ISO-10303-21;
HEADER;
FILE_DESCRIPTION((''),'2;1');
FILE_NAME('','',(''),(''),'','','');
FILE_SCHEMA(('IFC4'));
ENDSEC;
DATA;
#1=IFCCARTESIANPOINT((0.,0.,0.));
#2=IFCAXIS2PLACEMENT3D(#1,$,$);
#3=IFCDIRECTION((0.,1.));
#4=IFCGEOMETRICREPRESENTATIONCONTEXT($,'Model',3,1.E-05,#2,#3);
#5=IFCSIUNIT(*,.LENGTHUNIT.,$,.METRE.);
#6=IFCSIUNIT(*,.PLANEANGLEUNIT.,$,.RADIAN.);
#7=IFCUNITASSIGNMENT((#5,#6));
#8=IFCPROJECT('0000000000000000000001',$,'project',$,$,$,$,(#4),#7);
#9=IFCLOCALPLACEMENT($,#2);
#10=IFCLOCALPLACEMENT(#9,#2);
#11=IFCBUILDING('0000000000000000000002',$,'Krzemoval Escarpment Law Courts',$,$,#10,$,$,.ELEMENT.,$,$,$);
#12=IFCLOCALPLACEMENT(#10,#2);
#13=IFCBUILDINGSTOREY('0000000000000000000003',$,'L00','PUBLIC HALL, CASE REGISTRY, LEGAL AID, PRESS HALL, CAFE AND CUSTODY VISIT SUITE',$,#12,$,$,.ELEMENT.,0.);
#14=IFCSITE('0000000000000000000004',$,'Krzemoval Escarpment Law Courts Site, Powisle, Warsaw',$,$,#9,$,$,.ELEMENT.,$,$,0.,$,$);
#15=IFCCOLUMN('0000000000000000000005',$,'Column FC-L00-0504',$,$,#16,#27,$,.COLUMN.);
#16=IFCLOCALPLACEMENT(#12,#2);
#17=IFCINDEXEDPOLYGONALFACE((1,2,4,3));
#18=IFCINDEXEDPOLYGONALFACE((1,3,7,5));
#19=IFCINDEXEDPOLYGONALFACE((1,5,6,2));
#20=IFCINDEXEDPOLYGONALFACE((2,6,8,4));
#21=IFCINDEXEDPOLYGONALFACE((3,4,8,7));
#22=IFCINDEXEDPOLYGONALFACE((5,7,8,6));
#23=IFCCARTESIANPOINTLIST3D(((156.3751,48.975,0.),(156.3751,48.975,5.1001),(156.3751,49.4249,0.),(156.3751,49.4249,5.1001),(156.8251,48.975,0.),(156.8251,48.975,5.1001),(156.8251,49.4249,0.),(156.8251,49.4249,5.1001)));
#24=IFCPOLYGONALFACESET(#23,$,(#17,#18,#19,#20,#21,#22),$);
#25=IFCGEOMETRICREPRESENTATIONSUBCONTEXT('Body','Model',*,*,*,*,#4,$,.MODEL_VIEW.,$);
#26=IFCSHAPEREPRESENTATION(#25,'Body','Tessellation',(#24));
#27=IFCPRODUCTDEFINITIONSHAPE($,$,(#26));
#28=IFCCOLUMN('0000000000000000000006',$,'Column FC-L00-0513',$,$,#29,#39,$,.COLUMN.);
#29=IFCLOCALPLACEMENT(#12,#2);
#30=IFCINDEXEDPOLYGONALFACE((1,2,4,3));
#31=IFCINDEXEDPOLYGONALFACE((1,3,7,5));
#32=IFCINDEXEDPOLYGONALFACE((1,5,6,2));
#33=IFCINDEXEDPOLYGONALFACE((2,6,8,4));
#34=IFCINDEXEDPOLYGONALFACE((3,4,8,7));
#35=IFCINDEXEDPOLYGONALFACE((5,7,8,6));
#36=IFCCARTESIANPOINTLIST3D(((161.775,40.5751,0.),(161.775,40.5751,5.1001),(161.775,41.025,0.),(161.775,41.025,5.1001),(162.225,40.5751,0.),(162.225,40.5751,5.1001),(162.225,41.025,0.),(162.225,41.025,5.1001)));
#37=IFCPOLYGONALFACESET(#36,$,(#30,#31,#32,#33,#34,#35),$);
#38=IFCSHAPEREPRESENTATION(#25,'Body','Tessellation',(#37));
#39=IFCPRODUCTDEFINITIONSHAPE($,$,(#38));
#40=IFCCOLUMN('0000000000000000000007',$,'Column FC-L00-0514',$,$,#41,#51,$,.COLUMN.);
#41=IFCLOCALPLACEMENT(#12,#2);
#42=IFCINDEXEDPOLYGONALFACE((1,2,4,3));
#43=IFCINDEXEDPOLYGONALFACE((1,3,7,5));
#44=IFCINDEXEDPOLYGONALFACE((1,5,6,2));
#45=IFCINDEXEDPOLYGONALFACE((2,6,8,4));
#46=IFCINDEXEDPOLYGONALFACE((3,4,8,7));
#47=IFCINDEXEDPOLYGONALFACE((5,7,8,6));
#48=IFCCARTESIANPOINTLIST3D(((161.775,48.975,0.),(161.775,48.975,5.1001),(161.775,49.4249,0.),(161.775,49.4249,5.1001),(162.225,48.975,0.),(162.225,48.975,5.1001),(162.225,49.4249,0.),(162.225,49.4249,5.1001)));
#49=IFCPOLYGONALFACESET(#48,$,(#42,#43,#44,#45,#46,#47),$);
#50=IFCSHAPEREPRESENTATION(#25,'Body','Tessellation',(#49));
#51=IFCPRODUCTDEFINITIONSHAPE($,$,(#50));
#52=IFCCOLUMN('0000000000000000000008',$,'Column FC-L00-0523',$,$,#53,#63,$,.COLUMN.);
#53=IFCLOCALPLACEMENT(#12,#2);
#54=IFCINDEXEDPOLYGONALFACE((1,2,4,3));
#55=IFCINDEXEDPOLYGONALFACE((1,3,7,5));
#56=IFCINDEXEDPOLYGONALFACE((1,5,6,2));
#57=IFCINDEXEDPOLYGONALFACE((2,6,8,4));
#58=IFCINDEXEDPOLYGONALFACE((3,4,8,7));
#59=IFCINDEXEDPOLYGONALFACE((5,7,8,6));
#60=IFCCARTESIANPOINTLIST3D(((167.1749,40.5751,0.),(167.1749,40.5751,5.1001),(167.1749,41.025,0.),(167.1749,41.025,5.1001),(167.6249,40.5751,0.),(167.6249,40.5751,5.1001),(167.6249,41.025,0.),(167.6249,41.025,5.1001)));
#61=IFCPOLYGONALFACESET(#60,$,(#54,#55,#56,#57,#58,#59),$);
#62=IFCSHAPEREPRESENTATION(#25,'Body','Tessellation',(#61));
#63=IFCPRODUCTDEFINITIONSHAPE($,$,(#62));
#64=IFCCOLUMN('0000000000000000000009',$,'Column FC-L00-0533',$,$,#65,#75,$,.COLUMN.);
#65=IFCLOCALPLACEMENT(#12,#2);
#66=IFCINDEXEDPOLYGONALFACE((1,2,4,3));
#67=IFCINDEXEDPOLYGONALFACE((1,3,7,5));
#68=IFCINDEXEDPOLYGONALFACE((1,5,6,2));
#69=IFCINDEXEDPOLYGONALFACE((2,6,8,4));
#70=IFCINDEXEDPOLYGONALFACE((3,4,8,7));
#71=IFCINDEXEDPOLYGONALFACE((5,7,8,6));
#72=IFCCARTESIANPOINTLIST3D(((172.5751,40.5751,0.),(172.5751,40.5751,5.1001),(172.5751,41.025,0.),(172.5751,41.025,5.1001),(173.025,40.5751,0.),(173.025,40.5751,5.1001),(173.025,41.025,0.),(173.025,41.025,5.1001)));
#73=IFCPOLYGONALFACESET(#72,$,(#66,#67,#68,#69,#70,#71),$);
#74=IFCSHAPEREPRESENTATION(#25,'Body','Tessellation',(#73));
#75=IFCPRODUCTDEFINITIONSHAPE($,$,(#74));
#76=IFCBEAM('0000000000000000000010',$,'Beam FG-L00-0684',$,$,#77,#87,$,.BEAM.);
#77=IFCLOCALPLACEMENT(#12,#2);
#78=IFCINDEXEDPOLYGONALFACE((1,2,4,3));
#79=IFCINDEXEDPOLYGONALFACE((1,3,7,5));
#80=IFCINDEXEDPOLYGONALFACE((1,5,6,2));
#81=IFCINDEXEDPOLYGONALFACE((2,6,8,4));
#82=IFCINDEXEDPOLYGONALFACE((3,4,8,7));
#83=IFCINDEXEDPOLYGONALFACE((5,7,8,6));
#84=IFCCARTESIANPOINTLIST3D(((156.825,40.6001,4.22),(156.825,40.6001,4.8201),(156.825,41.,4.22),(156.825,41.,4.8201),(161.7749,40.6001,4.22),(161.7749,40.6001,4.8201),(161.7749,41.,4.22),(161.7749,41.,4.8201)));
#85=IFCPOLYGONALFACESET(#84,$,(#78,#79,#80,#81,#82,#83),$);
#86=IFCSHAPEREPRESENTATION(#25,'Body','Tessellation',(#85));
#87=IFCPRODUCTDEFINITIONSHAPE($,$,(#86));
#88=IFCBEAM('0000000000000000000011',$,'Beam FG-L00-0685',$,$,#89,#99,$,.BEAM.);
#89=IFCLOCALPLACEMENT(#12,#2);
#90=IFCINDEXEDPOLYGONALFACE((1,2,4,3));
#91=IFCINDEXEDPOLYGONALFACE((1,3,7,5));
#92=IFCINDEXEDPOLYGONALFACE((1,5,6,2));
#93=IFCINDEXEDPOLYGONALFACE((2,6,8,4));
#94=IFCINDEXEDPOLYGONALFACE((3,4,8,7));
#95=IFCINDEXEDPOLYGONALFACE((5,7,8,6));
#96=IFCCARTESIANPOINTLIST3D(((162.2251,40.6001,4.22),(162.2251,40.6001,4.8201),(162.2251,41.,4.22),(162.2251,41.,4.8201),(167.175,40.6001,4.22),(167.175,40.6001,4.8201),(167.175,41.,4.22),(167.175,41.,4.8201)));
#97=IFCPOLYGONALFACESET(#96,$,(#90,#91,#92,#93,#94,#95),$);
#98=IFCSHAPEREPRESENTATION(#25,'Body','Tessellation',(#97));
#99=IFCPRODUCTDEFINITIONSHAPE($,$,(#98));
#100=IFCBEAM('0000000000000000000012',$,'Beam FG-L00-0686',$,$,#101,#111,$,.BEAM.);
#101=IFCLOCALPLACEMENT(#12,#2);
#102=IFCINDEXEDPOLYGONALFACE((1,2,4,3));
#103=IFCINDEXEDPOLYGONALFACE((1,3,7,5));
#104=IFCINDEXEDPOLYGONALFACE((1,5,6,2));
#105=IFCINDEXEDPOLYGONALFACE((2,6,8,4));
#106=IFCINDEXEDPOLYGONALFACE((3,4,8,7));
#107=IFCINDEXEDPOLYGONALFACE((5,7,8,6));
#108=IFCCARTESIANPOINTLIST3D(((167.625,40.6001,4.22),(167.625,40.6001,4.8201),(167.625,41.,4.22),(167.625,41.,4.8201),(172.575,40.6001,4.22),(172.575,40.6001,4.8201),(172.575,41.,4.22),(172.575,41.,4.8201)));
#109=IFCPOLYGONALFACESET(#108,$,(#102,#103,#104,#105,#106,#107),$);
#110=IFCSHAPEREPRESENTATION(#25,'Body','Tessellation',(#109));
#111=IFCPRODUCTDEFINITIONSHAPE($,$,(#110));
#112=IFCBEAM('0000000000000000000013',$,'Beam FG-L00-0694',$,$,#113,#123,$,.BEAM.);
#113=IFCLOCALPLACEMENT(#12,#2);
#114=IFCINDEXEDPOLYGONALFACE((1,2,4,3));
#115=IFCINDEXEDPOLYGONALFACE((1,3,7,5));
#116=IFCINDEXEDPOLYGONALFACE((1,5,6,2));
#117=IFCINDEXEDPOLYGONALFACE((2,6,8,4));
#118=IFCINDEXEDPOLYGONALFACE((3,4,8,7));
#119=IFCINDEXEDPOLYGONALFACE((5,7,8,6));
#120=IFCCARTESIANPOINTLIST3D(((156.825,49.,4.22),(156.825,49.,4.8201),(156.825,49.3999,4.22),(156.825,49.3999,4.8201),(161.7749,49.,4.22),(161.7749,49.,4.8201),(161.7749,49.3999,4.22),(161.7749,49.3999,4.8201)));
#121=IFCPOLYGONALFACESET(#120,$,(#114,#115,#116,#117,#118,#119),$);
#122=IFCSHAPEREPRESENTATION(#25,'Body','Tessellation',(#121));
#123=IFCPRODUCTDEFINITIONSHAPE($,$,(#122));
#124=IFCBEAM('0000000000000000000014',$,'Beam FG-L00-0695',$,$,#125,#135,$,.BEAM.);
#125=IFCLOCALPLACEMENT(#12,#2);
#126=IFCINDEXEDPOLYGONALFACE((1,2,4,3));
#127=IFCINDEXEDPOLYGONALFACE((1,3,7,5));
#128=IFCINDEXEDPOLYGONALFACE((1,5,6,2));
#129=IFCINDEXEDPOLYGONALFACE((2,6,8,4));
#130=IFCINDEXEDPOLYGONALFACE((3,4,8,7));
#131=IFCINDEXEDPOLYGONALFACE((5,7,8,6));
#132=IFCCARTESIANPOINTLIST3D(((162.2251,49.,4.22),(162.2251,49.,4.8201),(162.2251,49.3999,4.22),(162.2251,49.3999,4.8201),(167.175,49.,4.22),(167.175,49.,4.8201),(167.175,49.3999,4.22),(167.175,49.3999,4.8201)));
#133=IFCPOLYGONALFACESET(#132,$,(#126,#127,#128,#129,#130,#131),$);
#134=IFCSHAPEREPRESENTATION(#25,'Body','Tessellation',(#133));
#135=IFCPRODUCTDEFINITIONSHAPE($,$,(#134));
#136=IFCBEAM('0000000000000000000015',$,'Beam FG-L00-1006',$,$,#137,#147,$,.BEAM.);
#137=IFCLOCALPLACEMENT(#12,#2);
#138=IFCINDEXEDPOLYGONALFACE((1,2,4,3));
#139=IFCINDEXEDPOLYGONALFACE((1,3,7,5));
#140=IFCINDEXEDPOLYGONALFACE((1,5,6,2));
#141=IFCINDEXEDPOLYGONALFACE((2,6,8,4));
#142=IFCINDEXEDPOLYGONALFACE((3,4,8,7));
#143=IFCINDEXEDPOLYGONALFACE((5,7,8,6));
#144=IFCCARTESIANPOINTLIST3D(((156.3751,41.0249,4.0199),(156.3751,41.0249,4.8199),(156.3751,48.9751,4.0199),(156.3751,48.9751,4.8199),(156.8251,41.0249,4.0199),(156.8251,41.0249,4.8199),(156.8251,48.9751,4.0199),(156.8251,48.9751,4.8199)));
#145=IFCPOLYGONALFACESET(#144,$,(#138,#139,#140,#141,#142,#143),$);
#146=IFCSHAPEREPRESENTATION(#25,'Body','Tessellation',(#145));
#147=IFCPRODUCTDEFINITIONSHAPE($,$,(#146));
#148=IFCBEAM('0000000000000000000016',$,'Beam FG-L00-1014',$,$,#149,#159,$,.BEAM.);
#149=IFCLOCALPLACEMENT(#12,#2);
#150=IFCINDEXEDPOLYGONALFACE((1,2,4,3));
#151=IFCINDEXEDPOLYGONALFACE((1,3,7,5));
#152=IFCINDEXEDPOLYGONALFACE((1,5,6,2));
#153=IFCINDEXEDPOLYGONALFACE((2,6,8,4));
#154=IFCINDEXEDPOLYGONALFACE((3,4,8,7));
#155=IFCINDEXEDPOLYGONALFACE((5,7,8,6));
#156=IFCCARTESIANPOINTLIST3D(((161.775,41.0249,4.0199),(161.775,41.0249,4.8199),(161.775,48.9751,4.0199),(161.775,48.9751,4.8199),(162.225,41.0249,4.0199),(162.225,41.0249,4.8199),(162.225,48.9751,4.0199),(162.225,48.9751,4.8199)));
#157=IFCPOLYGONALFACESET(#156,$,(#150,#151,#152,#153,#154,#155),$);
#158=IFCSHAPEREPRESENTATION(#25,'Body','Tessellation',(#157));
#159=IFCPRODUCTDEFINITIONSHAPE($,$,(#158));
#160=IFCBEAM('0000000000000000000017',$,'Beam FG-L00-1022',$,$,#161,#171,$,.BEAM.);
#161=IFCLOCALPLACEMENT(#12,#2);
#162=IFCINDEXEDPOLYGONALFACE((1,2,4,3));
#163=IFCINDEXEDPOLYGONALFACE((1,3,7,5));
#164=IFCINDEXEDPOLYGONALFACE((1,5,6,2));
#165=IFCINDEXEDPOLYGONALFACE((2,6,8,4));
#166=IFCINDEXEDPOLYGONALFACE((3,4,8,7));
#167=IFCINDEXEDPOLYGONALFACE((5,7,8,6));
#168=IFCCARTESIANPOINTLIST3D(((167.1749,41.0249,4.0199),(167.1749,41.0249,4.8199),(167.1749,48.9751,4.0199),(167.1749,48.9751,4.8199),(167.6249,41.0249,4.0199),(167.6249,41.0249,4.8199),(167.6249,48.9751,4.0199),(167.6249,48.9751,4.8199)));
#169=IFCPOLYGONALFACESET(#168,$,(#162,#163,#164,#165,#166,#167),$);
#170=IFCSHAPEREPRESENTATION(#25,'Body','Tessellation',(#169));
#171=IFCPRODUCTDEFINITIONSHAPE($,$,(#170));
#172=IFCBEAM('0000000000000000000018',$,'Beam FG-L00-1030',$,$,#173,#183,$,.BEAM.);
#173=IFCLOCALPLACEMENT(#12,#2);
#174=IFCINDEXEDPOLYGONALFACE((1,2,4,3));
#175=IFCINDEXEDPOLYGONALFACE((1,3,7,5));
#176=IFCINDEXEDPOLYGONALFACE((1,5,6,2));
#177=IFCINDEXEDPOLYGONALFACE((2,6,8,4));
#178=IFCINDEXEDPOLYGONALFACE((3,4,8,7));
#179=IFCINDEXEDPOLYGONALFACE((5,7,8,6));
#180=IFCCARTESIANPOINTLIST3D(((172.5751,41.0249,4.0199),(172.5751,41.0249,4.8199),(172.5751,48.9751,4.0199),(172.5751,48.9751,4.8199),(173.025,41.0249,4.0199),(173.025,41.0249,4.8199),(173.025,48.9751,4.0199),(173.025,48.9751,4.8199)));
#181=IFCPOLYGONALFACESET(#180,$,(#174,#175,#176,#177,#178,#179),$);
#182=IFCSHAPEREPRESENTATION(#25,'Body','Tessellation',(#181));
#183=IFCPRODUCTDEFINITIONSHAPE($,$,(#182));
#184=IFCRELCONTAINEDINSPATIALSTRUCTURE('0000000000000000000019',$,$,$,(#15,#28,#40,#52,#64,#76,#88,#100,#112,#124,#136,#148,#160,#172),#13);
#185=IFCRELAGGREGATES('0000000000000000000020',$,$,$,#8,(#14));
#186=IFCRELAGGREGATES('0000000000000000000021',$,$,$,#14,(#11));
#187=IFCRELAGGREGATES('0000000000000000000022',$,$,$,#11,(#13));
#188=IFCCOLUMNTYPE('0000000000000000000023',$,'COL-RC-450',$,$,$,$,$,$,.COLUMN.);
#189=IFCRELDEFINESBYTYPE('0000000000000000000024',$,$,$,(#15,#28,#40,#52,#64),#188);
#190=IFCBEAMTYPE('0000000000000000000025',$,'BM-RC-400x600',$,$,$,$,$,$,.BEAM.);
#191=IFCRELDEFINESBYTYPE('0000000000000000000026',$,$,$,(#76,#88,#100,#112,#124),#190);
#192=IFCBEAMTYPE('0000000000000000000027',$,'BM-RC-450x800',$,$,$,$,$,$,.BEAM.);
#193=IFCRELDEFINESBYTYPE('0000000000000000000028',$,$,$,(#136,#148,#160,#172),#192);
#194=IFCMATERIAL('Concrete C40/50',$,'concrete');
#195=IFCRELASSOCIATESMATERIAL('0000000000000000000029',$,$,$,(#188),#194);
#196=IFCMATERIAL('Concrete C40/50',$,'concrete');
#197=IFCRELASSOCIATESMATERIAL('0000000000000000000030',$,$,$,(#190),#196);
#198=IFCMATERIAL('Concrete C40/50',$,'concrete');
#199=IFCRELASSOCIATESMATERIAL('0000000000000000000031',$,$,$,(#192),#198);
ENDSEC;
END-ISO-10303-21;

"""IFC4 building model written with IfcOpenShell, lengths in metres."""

from ifc_helpers import new_model, si_unit, direction, frame, origin, origin_2d, place, context, subcontext, project, spatial, rectangle, extrude, material, material_profile, profile_set, type_object, element, save


model = new_model("IFC4")

# Units and contexts
model_context = context("Model", 3, precision=1e-05, world=origin(), true_north=direction((0.0, 1.0)))
body_context = subcontext(model_context, "Body", "Model", "MODEL_VIEW")
ifc_project = project(units=[si_unit("LENGTHUNIT", "METRE"), si_unit("PLANEANGLEUNIT", "RADIAN")], contexts=[model_context])

# Site, building, storey
site_placement = place(None, origin())
site = spatial("IfcSite", under=ifc_project, at=site_placement, Name="Krzemoval Escarpment Law Courts Site, Powisle, Warsaw", CompositionType="ELEMENT", RefElevation=0.0)
building_placement = place(site_placement, origin())
building = spatial("IfcBuilding", under=site, at=building_placement, Name="Krzemoval Escarpment Law Courts", CompositionType="ELEMENT")
storey_placement = place(building_placement, origin())
storey = spatial("IfcBuildingStorey", under=building, at=storey_placement, Name="L00", Description="PUBLIC HALL, CASE REGISTRY, LEGAL AID, PRESS HALL, CAFE AND CUSTODY VISIT SUITE", CompositionType="ELEMENT", Elevation=0.0)

# Columns
ifc_material_1 = material(Name="Concrete C40/50", Category="concrete")
ifc_material_profile_1 = material_profile(ifc_material_1, rectangle(XDim=0.45, YDim=0.45, at=origin_2d()), Name="RC 450x450")
ifc_profile_set_1 = profile_set([ifc_material_profile_1], Name="Concrete C40/50")
column_type = type_object("IfcColumnType", Name="COL-RC-450", PredefinedType="COLUMN", material=ifc_profile_set_1)
for number, where, z_axis, x_axis, name in (
    (1, (156.6001, 49.2, 0.0), (0.0, 0.0, 1.0), (1.0, 0.0, 0.0), "Column FC-L00-0504"),
    (2, (162.0, 40.8, 0.0), (0.0, 0.0, 1.0), (1.0, 0.0, 0.0), "Column FC-L00-0513"),
    (3, (162.0, 49.2, 0.0), (0.0, 0.0, 1.0), (1.0, 0.0, 0.0), "Column FC-L00-0514"),
    (4, (167.3999, 40.8, 0.0), (0.0, 0.0, 1.0), (1.0, 0.0, 0.0), "Column FC-L00-0523"),
    (5, (172.8, 40.8, 0.0), (0.0, 0.0, 1.0), (1.0, 0.0, 0.0), "Column FC-L00-0533"),
):
    element("IfcColumn", number, at=place(storey_placement, frame(where, z_axis=z_axis, x_axis=x_axis)), inside=storey, type_object=column_type, Name=name, PredefinedType="COLUMN", context=body_context, shape_type="SweptSolid", body=[
        extrude(rectangle(XDim=0.45, YDim=0.45, at=origin_2d()), origin(), (0.0, 0.0, 1.0), 5.1001),
    ])

# Beams
ifc_material_2 = material(Name="Concrete C40/50", Category="concrete")
ifc_material_profile_2 = material_profile(ifc_material_2, rectangle(XDim=0.3999, YDim=0.6001, at=origin_2d()), Name="RCB 400x600")
ifc_profile_set_2 = profile_set([ifc_material_profile_2], Name="Concrete C40/50")
beam_type_1 = type_object("IfcBeamType", Name="BM-RC-400x600", PredefinedType="BEAM", material=ifc_profile_set_2)
for number, where, z_axis, x_axis, name in (
    (6, (156.825, 40.8, 4.52), (1.0, 0.0, 0.0), (0.0, 1.0, 0.0), "Beam FG-L00-0684"),
    (7, (162.2251, 40.8, 4.52), (1.0, 0.0, 0.0), (0.0, 1.0, 0.0), "Beam FG-L00-0685"),
    (8, (167.625, 40.8, 4.52), (1.0, 0.0, 0.0), (0.0, 1.0, 0.0), "Beam FG-L00-0686"),
    (9, (156.825, 49.2, 4.52), (1.0, 0.0, 0.0), (0.0, 1.0, 0.0), "Beam FG-L00-0694"),
    (10, (162.2251, 49.2, 4.52), (1.0, 0.0, 0.0), (0.0, 1.0, 0.0), "Beam FG-L00-0695"),
):
    element("IfcBeam", number, at=place(storey_placement, frame(where, z_axis=z_axis, x_axis=x_axis)), inside=storey, type_object=beam_type_1, Name=name, PredefinedType="BEAM", context=body_context, shape_type="SweptSolid", body=[
        extrude(rectangle(XDim=0.3999, YDim=0.6001, at=origin_2d()), origin(), (0.0, 0.0, 1.0), 4.95),
    ])
ifc_material_3 = material(Name="Concrete C40/50", Category="concrete")
ifc_material_profile_3 = material_profile(ifc_material_3, rectangle(XDim=0.45, YDim=0.8, at=origin_2d()), Name="RCB 450x800")
ifc_profile_set_3 = profile_set([ifc_material_profile_3], Name="Concrete C40/50")
beam_type_2 = type_object("IfcBeamType", Name="BM-RC-450x800", PredefinedType="BEAM", material=ifc_profile_set_3)
for number, where, z_axis, x_axis, name in (
    (11, (156.6001, 41.0249, 4.4199), (0.0, 1.0, 0.0), (-1.0, 0.0, 0.0), "Beam FG-L00-1006"),
    (12, (162.0, 41.0249, 4.4199), (0.0, 1.0, 0.0), (-1.0, 0.0, 0.0), "Beam FG-L00-1014"),
    (13, (167.3999, 41.0249, 4.4199), (0.0, 1.0, 0.0), (-1.0, 0.0, 0.0), "Beam FG-L00-1022"),
    (14, (172.8, 41.0249, 4.4199), (0.0, 1.0, 0.0), (-1.0, 0.0, 0.0), "Beam FG-L00-1030"),
):
    element("IfcBeam", number, at=place(storey_placement, frame(where, z_axis=z_axis, x_axis=x_axis)), inside=storey, type_object=beam_type_2, Name=name, PredefinedType="BEAM", context=body_context, shape_type="SweptSolid", body=[
        extrude(rectangle(XDim=0.45, YDim=0.8, at=origin_2d()), origin(), (0.0, 0.0, 1.0), 7.9502),
    ])

save(model, "model.ifc")
